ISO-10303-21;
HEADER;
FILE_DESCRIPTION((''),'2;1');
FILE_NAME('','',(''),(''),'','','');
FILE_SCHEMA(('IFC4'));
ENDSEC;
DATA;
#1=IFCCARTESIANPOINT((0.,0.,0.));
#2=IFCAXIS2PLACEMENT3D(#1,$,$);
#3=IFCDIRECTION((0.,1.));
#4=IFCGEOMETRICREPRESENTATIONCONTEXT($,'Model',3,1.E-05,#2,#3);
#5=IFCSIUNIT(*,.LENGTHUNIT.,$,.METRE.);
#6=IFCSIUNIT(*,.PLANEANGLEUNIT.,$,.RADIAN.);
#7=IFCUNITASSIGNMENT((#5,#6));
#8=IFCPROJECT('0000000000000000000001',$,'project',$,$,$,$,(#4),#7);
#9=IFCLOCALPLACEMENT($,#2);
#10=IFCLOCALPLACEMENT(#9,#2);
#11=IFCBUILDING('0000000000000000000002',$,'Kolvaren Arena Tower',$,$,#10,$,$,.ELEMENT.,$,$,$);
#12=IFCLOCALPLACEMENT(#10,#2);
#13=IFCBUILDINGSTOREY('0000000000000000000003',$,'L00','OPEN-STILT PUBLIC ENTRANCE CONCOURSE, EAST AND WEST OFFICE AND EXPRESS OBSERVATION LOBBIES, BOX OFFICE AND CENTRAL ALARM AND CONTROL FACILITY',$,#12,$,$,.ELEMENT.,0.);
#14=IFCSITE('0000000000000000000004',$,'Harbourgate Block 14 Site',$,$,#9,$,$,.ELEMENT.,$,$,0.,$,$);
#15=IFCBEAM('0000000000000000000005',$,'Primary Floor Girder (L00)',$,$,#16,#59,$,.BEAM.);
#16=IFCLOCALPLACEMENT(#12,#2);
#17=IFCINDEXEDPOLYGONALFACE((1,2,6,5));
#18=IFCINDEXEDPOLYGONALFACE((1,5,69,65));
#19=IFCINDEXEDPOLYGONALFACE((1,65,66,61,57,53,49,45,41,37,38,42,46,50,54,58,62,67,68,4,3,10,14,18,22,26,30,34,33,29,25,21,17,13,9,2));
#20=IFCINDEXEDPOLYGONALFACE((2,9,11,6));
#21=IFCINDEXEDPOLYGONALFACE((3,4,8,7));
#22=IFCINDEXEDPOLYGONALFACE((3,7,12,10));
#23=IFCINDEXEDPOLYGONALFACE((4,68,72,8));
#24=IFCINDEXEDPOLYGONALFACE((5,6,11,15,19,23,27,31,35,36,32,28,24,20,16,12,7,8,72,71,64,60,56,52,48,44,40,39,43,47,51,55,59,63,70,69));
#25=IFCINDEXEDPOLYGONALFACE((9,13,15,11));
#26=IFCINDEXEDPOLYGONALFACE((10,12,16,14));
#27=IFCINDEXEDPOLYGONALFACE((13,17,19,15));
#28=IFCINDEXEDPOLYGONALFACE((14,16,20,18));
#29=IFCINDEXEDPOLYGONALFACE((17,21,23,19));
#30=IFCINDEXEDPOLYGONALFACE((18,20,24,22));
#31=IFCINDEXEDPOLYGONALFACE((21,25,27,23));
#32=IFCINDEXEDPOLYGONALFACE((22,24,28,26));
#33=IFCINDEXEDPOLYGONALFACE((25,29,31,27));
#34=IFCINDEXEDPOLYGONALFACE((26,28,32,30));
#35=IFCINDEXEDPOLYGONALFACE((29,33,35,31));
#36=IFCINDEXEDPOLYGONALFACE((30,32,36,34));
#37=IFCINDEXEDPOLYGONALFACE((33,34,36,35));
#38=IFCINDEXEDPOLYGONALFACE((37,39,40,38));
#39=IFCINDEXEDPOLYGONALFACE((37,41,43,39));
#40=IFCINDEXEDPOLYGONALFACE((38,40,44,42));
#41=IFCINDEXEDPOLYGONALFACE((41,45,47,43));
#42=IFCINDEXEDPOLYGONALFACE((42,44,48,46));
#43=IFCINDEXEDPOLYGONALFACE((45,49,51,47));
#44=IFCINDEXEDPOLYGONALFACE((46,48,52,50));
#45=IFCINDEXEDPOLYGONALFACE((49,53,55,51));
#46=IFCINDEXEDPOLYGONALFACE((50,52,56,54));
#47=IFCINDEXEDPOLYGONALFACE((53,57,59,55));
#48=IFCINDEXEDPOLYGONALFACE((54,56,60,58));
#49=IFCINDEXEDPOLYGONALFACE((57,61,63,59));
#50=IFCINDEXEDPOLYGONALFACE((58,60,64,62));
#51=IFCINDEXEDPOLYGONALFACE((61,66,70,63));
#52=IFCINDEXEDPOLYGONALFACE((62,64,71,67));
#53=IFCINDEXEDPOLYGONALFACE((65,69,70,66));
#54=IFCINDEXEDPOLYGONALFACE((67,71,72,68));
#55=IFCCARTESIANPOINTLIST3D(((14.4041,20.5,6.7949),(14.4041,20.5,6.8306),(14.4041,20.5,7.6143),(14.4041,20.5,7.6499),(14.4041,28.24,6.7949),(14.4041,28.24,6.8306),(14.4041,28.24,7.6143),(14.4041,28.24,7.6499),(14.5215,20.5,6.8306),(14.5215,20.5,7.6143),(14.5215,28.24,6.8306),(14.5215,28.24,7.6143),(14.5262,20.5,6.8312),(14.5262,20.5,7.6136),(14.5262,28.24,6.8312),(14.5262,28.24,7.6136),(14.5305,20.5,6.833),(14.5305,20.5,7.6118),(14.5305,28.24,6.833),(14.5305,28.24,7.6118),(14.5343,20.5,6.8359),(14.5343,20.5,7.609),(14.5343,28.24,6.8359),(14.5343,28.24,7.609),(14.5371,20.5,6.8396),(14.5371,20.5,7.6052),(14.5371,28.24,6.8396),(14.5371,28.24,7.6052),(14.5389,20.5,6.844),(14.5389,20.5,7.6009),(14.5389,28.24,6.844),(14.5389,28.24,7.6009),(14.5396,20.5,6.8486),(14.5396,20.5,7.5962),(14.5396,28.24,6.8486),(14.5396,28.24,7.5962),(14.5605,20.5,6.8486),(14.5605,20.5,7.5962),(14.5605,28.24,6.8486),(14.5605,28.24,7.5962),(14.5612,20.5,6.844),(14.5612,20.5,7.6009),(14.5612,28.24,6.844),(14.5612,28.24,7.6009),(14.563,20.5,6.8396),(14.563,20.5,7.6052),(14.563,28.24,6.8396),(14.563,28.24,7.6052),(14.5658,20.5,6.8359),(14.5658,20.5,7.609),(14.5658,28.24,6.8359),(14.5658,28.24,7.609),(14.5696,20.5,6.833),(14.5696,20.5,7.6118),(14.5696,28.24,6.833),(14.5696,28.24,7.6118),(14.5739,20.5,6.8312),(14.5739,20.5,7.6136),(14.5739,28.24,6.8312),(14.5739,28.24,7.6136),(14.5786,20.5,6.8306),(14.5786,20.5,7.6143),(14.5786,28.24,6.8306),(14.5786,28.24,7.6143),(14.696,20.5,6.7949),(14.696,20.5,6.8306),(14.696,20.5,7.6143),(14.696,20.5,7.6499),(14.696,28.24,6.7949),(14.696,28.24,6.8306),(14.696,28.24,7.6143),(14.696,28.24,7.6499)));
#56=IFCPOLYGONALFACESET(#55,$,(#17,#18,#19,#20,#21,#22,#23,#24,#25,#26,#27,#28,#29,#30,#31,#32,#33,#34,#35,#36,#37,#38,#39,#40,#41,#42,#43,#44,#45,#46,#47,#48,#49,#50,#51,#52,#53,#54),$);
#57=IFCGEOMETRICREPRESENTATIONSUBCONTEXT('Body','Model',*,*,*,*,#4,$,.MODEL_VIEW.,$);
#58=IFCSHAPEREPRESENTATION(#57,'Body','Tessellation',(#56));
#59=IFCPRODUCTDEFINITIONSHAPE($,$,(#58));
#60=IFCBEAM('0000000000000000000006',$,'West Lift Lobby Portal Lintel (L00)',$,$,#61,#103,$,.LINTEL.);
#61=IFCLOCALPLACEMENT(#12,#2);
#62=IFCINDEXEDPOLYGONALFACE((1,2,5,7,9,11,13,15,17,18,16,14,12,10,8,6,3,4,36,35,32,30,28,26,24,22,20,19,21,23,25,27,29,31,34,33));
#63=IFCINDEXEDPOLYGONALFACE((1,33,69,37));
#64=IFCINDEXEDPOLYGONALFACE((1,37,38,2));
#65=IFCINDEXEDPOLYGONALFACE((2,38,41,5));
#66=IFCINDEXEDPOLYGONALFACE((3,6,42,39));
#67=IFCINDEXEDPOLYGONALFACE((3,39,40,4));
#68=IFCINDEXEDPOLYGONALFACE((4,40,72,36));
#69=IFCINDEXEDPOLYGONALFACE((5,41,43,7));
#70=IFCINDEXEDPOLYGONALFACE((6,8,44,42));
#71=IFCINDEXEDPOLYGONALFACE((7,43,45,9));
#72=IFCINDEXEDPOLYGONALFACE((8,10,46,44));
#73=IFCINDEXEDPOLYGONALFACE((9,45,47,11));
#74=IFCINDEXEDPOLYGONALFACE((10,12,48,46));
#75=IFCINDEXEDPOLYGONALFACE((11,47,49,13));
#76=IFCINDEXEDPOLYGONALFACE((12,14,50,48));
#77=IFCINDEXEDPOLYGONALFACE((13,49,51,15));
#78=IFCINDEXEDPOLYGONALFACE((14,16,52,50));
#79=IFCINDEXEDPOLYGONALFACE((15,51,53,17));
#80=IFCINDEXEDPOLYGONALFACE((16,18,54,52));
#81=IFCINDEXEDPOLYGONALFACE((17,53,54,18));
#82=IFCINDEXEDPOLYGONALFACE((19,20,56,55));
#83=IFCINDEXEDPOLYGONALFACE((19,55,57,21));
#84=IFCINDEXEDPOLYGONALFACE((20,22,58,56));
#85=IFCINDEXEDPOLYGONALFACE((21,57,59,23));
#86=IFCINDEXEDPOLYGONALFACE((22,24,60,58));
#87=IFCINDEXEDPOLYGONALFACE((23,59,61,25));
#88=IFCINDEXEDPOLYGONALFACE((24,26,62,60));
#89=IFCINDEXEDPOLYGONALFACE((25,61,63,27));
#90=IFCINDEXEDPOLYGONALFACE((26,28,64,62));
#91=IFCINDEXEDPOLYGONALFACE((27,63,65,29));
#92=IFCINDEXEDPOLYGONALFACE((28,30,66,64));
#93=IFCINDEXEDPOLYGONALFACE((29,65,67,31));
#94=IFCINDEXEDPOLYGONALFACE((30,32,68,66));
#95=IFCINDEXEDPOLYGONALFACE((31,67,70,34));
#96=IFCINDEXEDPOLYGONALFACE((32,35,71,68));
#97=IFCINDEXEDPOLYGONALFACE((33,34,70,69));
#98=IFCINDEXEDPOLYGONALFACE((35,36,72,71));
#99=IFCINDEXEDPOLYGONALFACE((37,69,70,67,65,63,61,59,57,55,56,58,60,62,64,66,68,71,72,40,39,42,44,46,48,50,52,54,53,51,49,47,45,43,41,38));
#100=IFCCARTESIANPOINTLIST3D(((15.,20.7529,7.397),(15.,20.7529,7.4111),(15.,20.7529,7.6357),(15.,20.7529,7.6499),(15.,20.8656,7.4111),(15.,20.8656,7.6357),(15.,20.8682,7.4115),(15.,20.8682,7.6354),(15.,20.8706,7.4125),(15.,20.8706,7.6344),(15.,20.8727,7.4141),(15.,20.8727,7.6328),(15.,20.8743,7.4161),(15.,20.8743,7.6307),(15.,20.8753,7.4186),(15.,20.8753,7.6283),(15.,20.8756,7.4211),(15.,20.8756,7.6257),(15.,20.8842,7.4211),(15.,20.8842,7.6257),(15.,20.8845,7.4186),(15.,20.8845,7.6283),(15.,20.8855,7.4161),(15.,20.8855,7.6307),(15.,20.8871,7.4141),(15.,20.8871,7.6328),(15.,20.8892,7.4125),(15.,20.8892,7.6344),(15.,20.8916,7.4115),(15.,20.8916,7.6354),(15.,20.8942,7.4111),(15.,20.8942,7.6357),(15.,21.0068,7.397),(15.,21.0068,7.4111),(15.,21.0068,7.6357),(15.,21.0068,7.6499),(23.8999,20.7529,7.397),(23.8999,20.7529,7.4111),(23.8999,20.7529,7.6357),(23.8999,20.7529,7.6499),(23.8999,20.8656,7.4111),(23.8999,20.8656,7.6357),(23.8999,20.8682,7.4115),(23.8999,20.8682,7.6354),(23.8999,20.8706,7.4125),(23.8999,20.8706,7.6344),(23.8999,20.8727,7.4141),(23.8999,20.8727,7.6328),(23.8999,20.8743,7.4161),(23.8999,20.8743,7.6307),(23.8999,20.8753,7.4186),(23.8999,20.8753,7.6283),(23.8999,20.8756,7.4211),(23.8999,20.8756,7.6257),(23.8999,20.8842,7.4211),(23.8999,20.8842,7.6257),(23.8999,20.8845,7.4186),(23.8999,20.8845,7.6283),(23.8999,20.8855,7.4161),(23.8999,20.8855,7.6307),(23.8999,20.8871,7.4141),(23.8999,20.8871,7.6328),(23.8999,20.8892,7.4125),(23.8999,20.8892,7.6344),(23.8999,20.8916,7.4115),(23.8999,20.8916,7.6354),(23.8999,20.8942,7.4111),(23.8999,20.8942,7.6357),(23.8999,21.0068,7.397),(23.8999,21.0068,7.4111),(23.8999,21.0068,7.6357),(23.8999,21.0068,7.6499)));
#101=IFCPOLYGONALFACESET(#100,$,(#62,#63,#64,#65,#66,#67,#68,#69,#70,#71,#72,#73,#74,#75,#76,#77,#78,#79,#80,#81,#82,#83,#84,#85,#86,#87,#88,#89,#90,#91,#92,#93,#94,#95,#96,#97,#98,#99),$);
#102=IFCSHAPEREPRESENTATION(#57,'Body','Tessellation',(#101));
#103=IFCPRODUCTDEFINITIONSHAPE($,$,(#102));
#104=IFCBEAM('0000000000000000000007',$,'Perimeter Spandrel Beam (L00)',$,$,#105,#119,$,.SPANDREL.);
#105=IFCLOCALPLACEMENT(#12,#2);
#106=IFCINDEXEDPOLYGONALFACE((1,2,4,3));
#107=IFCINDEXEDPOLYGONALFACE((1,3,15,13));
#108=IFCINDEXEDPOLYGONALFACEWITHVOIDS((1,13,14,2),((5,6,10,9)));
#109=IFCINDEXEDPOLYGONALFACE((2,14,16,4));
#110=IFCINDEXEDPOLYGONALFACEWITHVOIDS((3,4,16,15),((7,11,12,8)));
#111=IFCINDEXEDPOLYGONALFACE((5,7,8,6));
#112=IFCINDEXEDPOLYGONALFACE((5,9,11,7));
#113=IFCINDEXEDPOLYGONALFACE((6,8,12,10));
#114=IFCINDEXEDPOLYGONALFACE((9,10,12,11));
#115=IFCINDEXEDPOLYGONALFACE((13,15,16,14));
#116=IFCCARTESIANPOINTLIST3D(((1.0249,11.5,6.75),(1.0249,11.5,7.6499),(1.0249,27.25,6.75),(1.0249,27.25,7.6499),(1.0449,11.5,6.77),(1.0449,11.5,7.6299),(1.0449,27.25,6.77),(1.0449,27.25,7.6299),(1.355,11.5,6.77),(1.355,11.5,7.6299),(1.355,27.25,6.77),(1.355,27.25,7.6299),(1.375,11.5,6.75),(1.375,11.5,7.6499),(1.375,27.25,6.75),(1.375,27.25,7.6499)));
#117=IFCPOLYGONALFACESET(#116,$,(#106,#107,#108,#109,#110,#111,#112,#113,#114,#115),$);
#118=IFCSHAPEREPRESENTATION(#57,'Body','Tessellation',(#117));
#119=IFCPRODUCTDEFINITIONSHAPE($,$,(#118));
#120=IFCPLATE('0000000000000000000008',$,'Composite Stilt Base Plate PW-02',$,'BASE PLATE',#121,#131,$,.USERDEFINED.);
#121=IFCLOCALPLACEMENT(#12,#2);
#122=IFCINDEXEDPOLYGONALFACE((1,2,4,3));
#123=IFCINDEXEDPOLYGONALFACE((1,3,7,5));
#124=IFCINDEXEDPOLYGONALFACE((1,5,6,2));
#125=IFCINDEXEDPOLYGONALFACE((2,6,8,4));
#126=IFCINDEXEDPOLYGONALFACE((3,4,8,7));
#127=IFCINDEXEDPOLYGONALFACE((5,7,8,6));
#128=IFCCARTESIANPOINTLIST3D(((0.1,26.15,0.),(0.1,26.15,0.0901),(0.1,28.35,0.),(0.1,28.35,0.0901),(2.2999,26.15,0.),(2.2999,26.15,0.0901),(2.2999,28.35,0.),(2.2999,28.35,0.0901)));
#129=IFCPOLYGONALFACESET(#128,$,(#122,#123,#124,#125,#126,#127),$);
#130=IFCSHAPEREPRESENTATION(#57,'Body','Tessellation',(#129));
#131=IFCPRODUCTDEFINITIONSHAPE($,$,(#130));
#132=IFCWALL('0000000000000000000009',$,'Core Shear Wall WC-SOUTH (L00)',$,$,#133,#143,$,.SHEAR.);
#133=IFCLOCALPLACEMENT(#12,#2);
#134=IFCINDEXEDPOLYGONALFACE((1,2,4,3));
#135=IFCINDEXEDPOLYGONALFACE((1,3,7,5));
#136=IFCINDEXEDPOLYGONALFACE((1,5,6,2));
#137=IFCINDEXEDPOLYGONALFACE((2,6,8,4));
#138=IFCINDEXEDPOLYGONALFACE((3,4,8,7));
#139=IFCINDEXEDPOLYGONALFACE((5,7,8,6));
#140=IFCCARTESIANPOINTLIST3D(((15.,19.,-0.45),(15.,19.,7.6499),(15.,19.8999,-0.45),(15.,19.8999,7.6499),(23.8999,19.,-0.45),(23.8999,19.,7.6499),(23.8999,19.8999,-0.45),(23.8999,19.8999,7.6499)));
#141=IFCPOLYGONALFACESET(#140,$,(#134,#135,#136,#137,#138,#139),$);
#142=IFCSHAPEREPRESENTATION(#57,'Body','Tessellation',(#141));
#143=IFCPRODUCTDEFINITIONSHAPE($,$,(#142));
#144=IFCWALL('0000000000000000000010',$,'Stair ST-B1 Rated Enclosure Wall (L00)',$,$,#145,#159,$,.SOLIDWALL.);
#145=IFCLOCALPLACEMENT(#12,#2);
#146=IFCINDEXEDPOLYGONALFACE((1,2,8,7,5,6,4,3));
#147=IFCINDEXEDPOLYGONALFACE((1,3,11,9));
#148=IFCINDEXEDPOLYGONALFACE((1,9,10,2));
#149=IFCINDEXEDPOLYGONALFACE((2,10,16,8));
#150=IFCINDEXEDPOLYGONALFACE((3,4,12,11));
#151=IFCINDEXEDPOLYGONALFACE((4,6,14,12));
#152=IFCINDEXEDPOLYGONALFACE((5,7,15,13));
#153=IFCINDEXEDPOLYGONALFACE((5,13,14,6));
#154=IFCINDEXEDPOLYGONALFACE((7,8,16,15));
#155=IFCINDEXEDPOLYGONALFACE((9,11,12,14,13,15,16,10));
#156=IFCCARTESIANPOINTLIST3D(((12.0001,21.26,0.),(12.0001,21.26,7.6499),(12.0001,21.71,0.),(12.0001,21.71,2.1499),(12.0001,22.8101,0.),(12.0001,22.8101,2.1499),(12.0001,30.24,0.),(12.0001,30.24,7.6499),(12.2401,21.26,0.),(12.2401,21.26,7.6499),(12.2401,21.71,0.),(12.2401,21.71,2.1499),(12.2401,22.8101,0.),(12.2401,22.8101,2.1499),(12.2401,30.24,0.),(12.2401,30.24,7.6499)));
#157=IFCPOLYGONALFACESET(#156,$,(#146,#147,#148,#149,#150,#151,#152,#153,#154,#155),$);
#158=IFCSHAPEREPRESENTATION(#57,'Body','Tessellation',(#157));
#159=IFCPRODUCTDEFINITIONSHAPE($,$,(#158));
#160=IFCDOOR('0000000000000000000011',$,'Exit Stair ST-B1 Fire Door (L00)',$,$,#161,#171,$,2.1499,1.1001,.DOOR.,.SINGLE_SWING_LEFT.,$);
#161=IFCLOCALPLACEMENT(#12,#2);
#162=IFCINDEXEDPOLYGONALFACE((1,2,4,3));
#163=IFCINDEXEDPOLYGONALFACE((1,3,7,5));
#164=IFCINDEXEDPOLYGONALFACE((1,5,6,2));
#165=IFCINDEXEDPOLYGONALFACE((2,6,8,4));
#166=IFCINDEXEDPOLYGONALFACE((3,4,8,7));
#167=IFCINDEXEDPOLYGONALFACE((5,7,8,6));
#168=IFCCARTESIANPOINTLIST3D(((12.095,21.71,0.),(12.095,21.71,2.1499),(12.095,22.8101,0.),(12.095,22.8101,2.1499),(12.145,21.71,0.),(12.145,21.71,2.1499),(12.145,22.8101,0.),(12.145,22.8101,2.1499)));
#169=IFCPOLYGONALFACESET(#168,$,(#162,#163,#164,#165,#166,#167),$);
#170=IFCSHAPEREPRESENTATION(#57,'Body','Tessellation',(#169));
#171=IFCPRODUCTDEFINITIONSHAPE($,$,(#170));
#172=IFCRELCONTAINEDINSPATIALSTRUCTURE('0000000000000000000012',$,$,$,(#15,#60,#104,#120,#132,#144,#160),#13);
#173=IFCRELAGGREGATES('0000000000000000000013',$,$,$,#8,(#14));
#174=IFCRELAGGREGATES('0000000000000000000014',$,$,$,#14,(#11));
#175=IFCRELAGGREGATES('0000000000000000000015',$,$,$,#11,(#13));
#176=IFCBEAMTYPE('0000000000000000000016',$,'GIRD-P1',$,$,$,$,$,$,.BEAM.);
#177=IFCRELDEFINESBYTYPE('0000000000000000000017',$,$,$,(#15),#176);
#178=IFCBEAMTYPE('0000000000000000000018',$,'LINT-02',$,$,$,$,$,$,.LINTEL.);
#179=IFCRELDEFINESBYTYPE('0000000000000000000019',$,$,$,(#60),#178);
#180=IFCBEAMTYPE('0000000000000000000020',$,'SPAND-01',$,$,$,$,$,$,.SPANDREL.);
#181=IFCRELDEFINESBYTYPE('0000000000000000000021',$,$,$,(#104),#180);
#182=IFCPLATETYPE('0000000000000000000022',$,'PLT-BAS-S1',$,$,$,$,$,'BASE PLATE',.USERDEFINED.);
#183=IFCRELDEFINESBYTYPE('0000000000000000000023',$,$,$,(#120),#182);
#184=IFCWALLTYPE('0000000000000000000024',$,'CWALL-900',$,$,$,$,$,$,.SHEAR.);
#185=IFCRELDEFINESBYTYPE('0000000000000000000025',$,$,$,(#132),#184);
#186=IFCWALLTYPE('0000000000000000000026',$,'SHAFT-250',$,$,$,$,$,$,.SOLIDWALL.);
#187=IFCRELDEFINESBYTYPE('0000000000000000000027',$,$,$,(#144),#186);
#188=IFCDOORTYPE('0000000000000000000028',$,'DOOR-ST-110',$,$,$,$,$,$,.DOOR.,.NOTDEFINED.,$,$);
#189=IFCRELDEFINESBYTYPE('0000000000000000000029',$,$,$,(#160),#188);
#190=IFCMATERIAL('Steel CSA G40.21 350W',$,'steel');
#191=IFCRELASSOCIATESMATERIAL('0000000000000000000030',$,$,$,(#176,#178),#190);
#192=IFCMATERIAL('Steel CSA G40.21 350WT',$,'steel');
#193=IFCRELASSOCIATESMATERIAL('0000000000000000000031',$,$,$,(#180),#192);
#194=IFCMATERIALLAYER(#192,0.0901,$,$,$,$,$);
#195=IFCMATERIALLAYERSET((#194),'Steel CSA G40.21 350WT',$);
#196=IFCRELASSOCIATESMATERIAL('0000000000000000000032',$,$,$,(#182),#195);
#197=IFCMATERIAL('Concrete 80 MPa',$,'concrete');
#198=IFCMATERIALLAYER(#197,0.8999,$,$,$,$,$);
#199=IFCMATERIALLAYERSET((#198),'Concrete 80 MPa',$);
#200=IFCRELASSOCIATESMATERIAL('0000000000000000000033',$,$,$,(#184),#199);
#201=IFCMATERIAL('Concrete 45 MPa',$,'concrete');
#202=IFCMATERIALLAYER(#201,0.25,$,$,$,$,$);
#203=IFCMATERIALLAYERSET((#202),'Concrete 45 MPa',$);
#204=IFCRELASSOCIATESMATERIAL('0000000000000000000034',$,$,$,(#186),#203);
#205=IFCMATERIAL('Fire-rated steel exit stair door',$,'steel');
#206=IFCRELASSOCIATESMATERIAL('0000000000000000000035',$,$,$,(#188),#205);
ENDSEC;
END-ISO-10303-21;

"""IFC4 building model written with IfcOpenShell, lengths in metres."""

from ifc_helpers import new_model, si_unit, direction, frame, frame_2d, origin, origin_2d, place, context, subcontext, project, spatial, rectangle, hollow_rectangle, i_section, extrude, material, layer, layer_set, material_profile, profile_set, type_object, element, fill, save


model = new_model("IFC4")

# Units and contexts
model_context = context("Model", 3, precision=1e-05, world=origin(), true_north=direction((0.0, 1.0)))
body_context = subcontext(model_context, "Body", "Model", "MODEL_VIEW")
ifc_project = project(units=[si_unit("LENGTHUNIT", "METRE"), si_unit("PLANEANGLEUNIT", "RADIAN")], contexts=[model_context])

# Site, building, storey
site_placement = place(None, origin())
site = spatial("IfcSite", under=ifc_project, at=site_placement, Name="Harbourgate Block 14 Site", CompositionType="ELEMENT", RefElevation=0.0)
building_placement = place(site_placement, origin())
building = spatial("IfcBuilding", under=site, at=building_placement, Name="Kolvaren Arena Tower", CompositionType="ELEMENT")
storey_placement = place(building_placement, origin())
storey = spatial("IfcBuildingStorey", under=building, at=storey_placement, Name="L00", Description="OPEN-STILT PUBLIC ENTRANCE CONCOURSE, EAST AND WEST OFFICE AND EXPRESS OBSERVATION LOBBIES, BOX OFFICE AND CENTRAL ALARM AND CONTROL FACILITY", CompositionType="ELEMENT", Elevation=0.0)

# Shared definitions
ifc_material_1 = material(Name="Concrete 80 MPa", Category="concrete")

# Beams
ifc_material_2 = material(Name="Steel CSA G40.21 350W", Category="steel")
ifc_material_profile_1 = material_profile(ifc_material_2, i_section(OverallWidth=0.292, OverallDepth=0.855, WebThickness=0.021, FlangeThickness=0.0356, FilletRadius=0.0181, at=origin_2d()), Name="W840x299")
ifc_profile_set_1 = profile_set([ifc_material_profile_1], Name="Steel CSA G40.21 350W")
beam_type_1 = type_object("IfcBeamType", Name="GIRD-P1", PredefinedType="BEAM", material=ifc_profile_set_1)
beam_1_placement = place(storey_placement, frame((14.55, 20.5, 7.2224), z_axis=(0.0, 1.0, 0.0), x_axis=(-1.0, 0.0, 0.0)))
element("IfcBeam", 1, at=beam_1_placement, inside=storey, type_object=beam_type_1, Name="Primary Floor Girder (L00)", PredefinedType="BEAM", context=body_context, shape_type="SweptSolid", body=[
    extrude(i_section(OverallWidth=0.292, OverallDepth=0.855, WebThickness=0.021, FlangeThickness=0.0356, FilletRadius=0.0181, at=origin_2d()), origin(), (0.0, 0.0, 1.0), 7.74),
])
ifc_material_profile_2 = material_profile(ifc_material_2, i_section(OverallWidth=0.2539, OverallDepth=0.2529, WebThickness=0.0085, FlangeThickness=0.0142, FilletRadius=0.01, at=origin_2d()), Name="W250x73")
ifc_profile_set_2 = profile_set([ifc_material_profile_2], Name="Steel CSA G40.21 350W")
beam_type_2 = type_object("IfcBeamType", Name="LINT-02", PredefinedType="LINTEL", material=ifc_profile_set_2)
beam_2_placement = place(storey_placement, frame((15.0, 20.8799, 7.5234), z_axis=(1.0, 0.0, 0.0), x_axis=(0.0, 1.0, 0.0)))
element("IfcBeam", 2, at=beam_2_placement, inside=storey, type_object=beam_type_2, Name="West Lift Lobby Portal Lintel (L00)", PredefinedType="LINTEL", context=body_context, shape_type="SweptSolid", body=[
    extrude(i_section(OverallWidth=0.2539, OverallDepth=0.2529, WebThickness=0.0085, FlangeThickness=0.0142, FilletRadius=0.01, at=origin_2d()), origin(), (0.0, 0.0, 1.0), 8.8999),
])
ifc_material_3 = material(Name="Steel CSA G40.21 350WT", Category="steel")
ifc_material_profile_3 = material_profile(ifc_material_3, hollow_rectangle(XDim=0.3501, YDim=0.8999, WallThickness=0.02, at=origin_2d()), Name="HSS 900x350x20")
ifc_profile_set_3 = profile_set([ifc_material_profile_3], Name="Steel CSA G40.21 350WT")
beam_type_3 = type_object("IfcBeamType", Name="SPAND-01", PredefinedType="SPANDREL", material=ifc_profile_set_3)
beam_3_placement = place(storey_placement, frame((1.2, 27.25, 7.2), z_axis=(0.0, -1.0, 0.0), x_axis=(1.0, 0.0, 0.0)))
element("IfcBeam", 3, at=beam_3_placement, inside=storey, type_object=beam_type_3, Name="Perimeter Spandrel Beam (L00)", PredefinedType="SPANDREL", context=body_context, shape_type="SweptSolid", body=[
    extrude(hollow_rectangle(XDim=0.3501, YDim=0.8999, WallThickness=0.02, at=origin_2d()), origin(), (0.0, 0.0, 1.0), 15.75),
])

# Plate
ifc_layer_1 = layer(ifc_material_3, 0.0901)
ifc_layer_set_1 = layer_set([ifc_layer_1], Name="Steel CSA G40.21 350WT")
plate_type = type_object("IfcPlateType", Name="PLT-BAS-S1", ElementType="BASE PLATE", PredefinedType="USERDEFINED", material=ifc_layer_set_1)
plate_placement = place(storey_placement, frame((1.2, 27.25, 0.0), z_axis=(0.0, 0.0, 1.0), x_axis=(1.0, 0.0, 0.0)))
element("IfcPlate", 4, at=plate_placement, inside=storey, type_object=plate_type, Name="Composite Stilt Base Plate PW-02", ObjectType="BASE PLATE", PredefinedType="USERDEFINED", context=body_context, shape_type="SweptSolid", body=[
    extrude(rectangle(XDim=2.2, YDim=2.2, at=origin_2d()), origin(), (0.0, 0.0, 1.0), 0.0901),
])

# Wall
ifc_layer_2 = layer(ifc_material_1, 0.8999)
ifc_layer_set_2 = layer_set([ifc_layer_2], Name="Concrete 80 MPa")
wall_type_1 = type_object("IfcWallType", Name="CWALL-900", PredefinedType="SHEAR", material=ifc_layer_set_2)
wall_1_placement = place(storey_placement, frame((15.0, 19.45, -0.45), z_axis=(0.0, 0.0, 1.0), x_axis=(1.0, 0.0, 0.0)))
element("IfcWall", 5, at=wall_1_placement, inside=storey, type_object=wall_type_1, Name="Core Shear Wall WC-SOUTH (L00)", PredefinedType="SHEAR", context=body_context, shape_type="SweptSolid", body=[
    extrude(rectangle(XDim=8.8999, YDim=0.8999, at=frame_2d((4.45, 0.0))), origin(), (0.0, 0.0, 1.0), 8.0999),
])

# Wall, opening, door
ifc_material_4 = material(Name="Concrete 45 MPa", Category="concrete")
ifc_layer_3 = layer(ifc_material_4, 0.25)
ifc_layer_set_3 = layer_set([ifc_layer_3], Name="Concrete 45 MPa")
wall_type_2 = type_object("IfcWallType", Name="SHAFT-250", PredefinedType="SOLIDWALL", material=ifc_layer_set_3)
wall_2_placement = place(storey_placement, frame((12.1201, 30.24, 0.0), z_axis=(0.0, 0.0, 1.0), x_axis=(0.0, -1.0, 0.0)))
wall_2 = element("IfcWall", 6, at=wall_2_placement, inside=storey, type_object=wall_type_2, Name="Stair ST-B1 Rated Enclosure Wall (L00)", PredefinedType="SOLIDWALL", context=body_context, shape_type="SweptSolid", body=[
    extrude(rectangle(XDim=8.98, YDim=0.24, at=frame_2d((4.49, 0.0))), origin(), (0.0, 0.0, 1.0), 7.6499),
])
opening_1_placement = place(wall_2_placement, frame((7.4299, 0.0, 0.0)))
opening_1 = element("IfcOpeningElement", 7, at=opening_1_placement, cuts=wall_2, PredefinedType="OPENING", context=body_context, shape_type="SweptSolid", body=[
    extrude(rectangle(XDim=1.1001, YDim=2.1499, at=frame_2d((0.55, 1.075))), frame((0.0, 0.1299, 0.0), z_axis=(0.0, -1.0, 0.0), x_axis=(1.0, 0.0, 0.0)), (0.0, 0.0, 1.0), 0.26),
])
ifc_material_5 = material(Name="Fire-rated steel exit stair door", Category="steel")
door_type_1 = type_object("IfcDoorType", Name="DOOR-ST-110", OperationType="NOTDEFINED", PredefinedType="DOOR", material=ifc_material_5)
door_1_placement = place(opening_1_placement, origin())
door_1 = element("IfcDoor", 8, at=door_1_placement, inside=storey, type_object=door_type_1, Name="Exit Stair ST-B1 Fire Door (L00)", OperationType="SINGLE_SWING_LEFT", OverallHeight=2.1499, OverallWidth=1.1001, PredefinedType="DOOR", context=body_context, shape_type="SweptSolid", body=[
    extrude(rectangle(XDim=1.1001, YDim=2.1499, at=frame_2d((0.55, 1.075))), frame((0.0, 0.0249, 0.0), z_axis=(0.0, -1.0, 0.0), x_axis=(1.0, 0.0, 0.0)), (0.0, 0.0, 1.0), 0.05),
])
fill(opening_1, door_1)

save(model, "model.ifc")
